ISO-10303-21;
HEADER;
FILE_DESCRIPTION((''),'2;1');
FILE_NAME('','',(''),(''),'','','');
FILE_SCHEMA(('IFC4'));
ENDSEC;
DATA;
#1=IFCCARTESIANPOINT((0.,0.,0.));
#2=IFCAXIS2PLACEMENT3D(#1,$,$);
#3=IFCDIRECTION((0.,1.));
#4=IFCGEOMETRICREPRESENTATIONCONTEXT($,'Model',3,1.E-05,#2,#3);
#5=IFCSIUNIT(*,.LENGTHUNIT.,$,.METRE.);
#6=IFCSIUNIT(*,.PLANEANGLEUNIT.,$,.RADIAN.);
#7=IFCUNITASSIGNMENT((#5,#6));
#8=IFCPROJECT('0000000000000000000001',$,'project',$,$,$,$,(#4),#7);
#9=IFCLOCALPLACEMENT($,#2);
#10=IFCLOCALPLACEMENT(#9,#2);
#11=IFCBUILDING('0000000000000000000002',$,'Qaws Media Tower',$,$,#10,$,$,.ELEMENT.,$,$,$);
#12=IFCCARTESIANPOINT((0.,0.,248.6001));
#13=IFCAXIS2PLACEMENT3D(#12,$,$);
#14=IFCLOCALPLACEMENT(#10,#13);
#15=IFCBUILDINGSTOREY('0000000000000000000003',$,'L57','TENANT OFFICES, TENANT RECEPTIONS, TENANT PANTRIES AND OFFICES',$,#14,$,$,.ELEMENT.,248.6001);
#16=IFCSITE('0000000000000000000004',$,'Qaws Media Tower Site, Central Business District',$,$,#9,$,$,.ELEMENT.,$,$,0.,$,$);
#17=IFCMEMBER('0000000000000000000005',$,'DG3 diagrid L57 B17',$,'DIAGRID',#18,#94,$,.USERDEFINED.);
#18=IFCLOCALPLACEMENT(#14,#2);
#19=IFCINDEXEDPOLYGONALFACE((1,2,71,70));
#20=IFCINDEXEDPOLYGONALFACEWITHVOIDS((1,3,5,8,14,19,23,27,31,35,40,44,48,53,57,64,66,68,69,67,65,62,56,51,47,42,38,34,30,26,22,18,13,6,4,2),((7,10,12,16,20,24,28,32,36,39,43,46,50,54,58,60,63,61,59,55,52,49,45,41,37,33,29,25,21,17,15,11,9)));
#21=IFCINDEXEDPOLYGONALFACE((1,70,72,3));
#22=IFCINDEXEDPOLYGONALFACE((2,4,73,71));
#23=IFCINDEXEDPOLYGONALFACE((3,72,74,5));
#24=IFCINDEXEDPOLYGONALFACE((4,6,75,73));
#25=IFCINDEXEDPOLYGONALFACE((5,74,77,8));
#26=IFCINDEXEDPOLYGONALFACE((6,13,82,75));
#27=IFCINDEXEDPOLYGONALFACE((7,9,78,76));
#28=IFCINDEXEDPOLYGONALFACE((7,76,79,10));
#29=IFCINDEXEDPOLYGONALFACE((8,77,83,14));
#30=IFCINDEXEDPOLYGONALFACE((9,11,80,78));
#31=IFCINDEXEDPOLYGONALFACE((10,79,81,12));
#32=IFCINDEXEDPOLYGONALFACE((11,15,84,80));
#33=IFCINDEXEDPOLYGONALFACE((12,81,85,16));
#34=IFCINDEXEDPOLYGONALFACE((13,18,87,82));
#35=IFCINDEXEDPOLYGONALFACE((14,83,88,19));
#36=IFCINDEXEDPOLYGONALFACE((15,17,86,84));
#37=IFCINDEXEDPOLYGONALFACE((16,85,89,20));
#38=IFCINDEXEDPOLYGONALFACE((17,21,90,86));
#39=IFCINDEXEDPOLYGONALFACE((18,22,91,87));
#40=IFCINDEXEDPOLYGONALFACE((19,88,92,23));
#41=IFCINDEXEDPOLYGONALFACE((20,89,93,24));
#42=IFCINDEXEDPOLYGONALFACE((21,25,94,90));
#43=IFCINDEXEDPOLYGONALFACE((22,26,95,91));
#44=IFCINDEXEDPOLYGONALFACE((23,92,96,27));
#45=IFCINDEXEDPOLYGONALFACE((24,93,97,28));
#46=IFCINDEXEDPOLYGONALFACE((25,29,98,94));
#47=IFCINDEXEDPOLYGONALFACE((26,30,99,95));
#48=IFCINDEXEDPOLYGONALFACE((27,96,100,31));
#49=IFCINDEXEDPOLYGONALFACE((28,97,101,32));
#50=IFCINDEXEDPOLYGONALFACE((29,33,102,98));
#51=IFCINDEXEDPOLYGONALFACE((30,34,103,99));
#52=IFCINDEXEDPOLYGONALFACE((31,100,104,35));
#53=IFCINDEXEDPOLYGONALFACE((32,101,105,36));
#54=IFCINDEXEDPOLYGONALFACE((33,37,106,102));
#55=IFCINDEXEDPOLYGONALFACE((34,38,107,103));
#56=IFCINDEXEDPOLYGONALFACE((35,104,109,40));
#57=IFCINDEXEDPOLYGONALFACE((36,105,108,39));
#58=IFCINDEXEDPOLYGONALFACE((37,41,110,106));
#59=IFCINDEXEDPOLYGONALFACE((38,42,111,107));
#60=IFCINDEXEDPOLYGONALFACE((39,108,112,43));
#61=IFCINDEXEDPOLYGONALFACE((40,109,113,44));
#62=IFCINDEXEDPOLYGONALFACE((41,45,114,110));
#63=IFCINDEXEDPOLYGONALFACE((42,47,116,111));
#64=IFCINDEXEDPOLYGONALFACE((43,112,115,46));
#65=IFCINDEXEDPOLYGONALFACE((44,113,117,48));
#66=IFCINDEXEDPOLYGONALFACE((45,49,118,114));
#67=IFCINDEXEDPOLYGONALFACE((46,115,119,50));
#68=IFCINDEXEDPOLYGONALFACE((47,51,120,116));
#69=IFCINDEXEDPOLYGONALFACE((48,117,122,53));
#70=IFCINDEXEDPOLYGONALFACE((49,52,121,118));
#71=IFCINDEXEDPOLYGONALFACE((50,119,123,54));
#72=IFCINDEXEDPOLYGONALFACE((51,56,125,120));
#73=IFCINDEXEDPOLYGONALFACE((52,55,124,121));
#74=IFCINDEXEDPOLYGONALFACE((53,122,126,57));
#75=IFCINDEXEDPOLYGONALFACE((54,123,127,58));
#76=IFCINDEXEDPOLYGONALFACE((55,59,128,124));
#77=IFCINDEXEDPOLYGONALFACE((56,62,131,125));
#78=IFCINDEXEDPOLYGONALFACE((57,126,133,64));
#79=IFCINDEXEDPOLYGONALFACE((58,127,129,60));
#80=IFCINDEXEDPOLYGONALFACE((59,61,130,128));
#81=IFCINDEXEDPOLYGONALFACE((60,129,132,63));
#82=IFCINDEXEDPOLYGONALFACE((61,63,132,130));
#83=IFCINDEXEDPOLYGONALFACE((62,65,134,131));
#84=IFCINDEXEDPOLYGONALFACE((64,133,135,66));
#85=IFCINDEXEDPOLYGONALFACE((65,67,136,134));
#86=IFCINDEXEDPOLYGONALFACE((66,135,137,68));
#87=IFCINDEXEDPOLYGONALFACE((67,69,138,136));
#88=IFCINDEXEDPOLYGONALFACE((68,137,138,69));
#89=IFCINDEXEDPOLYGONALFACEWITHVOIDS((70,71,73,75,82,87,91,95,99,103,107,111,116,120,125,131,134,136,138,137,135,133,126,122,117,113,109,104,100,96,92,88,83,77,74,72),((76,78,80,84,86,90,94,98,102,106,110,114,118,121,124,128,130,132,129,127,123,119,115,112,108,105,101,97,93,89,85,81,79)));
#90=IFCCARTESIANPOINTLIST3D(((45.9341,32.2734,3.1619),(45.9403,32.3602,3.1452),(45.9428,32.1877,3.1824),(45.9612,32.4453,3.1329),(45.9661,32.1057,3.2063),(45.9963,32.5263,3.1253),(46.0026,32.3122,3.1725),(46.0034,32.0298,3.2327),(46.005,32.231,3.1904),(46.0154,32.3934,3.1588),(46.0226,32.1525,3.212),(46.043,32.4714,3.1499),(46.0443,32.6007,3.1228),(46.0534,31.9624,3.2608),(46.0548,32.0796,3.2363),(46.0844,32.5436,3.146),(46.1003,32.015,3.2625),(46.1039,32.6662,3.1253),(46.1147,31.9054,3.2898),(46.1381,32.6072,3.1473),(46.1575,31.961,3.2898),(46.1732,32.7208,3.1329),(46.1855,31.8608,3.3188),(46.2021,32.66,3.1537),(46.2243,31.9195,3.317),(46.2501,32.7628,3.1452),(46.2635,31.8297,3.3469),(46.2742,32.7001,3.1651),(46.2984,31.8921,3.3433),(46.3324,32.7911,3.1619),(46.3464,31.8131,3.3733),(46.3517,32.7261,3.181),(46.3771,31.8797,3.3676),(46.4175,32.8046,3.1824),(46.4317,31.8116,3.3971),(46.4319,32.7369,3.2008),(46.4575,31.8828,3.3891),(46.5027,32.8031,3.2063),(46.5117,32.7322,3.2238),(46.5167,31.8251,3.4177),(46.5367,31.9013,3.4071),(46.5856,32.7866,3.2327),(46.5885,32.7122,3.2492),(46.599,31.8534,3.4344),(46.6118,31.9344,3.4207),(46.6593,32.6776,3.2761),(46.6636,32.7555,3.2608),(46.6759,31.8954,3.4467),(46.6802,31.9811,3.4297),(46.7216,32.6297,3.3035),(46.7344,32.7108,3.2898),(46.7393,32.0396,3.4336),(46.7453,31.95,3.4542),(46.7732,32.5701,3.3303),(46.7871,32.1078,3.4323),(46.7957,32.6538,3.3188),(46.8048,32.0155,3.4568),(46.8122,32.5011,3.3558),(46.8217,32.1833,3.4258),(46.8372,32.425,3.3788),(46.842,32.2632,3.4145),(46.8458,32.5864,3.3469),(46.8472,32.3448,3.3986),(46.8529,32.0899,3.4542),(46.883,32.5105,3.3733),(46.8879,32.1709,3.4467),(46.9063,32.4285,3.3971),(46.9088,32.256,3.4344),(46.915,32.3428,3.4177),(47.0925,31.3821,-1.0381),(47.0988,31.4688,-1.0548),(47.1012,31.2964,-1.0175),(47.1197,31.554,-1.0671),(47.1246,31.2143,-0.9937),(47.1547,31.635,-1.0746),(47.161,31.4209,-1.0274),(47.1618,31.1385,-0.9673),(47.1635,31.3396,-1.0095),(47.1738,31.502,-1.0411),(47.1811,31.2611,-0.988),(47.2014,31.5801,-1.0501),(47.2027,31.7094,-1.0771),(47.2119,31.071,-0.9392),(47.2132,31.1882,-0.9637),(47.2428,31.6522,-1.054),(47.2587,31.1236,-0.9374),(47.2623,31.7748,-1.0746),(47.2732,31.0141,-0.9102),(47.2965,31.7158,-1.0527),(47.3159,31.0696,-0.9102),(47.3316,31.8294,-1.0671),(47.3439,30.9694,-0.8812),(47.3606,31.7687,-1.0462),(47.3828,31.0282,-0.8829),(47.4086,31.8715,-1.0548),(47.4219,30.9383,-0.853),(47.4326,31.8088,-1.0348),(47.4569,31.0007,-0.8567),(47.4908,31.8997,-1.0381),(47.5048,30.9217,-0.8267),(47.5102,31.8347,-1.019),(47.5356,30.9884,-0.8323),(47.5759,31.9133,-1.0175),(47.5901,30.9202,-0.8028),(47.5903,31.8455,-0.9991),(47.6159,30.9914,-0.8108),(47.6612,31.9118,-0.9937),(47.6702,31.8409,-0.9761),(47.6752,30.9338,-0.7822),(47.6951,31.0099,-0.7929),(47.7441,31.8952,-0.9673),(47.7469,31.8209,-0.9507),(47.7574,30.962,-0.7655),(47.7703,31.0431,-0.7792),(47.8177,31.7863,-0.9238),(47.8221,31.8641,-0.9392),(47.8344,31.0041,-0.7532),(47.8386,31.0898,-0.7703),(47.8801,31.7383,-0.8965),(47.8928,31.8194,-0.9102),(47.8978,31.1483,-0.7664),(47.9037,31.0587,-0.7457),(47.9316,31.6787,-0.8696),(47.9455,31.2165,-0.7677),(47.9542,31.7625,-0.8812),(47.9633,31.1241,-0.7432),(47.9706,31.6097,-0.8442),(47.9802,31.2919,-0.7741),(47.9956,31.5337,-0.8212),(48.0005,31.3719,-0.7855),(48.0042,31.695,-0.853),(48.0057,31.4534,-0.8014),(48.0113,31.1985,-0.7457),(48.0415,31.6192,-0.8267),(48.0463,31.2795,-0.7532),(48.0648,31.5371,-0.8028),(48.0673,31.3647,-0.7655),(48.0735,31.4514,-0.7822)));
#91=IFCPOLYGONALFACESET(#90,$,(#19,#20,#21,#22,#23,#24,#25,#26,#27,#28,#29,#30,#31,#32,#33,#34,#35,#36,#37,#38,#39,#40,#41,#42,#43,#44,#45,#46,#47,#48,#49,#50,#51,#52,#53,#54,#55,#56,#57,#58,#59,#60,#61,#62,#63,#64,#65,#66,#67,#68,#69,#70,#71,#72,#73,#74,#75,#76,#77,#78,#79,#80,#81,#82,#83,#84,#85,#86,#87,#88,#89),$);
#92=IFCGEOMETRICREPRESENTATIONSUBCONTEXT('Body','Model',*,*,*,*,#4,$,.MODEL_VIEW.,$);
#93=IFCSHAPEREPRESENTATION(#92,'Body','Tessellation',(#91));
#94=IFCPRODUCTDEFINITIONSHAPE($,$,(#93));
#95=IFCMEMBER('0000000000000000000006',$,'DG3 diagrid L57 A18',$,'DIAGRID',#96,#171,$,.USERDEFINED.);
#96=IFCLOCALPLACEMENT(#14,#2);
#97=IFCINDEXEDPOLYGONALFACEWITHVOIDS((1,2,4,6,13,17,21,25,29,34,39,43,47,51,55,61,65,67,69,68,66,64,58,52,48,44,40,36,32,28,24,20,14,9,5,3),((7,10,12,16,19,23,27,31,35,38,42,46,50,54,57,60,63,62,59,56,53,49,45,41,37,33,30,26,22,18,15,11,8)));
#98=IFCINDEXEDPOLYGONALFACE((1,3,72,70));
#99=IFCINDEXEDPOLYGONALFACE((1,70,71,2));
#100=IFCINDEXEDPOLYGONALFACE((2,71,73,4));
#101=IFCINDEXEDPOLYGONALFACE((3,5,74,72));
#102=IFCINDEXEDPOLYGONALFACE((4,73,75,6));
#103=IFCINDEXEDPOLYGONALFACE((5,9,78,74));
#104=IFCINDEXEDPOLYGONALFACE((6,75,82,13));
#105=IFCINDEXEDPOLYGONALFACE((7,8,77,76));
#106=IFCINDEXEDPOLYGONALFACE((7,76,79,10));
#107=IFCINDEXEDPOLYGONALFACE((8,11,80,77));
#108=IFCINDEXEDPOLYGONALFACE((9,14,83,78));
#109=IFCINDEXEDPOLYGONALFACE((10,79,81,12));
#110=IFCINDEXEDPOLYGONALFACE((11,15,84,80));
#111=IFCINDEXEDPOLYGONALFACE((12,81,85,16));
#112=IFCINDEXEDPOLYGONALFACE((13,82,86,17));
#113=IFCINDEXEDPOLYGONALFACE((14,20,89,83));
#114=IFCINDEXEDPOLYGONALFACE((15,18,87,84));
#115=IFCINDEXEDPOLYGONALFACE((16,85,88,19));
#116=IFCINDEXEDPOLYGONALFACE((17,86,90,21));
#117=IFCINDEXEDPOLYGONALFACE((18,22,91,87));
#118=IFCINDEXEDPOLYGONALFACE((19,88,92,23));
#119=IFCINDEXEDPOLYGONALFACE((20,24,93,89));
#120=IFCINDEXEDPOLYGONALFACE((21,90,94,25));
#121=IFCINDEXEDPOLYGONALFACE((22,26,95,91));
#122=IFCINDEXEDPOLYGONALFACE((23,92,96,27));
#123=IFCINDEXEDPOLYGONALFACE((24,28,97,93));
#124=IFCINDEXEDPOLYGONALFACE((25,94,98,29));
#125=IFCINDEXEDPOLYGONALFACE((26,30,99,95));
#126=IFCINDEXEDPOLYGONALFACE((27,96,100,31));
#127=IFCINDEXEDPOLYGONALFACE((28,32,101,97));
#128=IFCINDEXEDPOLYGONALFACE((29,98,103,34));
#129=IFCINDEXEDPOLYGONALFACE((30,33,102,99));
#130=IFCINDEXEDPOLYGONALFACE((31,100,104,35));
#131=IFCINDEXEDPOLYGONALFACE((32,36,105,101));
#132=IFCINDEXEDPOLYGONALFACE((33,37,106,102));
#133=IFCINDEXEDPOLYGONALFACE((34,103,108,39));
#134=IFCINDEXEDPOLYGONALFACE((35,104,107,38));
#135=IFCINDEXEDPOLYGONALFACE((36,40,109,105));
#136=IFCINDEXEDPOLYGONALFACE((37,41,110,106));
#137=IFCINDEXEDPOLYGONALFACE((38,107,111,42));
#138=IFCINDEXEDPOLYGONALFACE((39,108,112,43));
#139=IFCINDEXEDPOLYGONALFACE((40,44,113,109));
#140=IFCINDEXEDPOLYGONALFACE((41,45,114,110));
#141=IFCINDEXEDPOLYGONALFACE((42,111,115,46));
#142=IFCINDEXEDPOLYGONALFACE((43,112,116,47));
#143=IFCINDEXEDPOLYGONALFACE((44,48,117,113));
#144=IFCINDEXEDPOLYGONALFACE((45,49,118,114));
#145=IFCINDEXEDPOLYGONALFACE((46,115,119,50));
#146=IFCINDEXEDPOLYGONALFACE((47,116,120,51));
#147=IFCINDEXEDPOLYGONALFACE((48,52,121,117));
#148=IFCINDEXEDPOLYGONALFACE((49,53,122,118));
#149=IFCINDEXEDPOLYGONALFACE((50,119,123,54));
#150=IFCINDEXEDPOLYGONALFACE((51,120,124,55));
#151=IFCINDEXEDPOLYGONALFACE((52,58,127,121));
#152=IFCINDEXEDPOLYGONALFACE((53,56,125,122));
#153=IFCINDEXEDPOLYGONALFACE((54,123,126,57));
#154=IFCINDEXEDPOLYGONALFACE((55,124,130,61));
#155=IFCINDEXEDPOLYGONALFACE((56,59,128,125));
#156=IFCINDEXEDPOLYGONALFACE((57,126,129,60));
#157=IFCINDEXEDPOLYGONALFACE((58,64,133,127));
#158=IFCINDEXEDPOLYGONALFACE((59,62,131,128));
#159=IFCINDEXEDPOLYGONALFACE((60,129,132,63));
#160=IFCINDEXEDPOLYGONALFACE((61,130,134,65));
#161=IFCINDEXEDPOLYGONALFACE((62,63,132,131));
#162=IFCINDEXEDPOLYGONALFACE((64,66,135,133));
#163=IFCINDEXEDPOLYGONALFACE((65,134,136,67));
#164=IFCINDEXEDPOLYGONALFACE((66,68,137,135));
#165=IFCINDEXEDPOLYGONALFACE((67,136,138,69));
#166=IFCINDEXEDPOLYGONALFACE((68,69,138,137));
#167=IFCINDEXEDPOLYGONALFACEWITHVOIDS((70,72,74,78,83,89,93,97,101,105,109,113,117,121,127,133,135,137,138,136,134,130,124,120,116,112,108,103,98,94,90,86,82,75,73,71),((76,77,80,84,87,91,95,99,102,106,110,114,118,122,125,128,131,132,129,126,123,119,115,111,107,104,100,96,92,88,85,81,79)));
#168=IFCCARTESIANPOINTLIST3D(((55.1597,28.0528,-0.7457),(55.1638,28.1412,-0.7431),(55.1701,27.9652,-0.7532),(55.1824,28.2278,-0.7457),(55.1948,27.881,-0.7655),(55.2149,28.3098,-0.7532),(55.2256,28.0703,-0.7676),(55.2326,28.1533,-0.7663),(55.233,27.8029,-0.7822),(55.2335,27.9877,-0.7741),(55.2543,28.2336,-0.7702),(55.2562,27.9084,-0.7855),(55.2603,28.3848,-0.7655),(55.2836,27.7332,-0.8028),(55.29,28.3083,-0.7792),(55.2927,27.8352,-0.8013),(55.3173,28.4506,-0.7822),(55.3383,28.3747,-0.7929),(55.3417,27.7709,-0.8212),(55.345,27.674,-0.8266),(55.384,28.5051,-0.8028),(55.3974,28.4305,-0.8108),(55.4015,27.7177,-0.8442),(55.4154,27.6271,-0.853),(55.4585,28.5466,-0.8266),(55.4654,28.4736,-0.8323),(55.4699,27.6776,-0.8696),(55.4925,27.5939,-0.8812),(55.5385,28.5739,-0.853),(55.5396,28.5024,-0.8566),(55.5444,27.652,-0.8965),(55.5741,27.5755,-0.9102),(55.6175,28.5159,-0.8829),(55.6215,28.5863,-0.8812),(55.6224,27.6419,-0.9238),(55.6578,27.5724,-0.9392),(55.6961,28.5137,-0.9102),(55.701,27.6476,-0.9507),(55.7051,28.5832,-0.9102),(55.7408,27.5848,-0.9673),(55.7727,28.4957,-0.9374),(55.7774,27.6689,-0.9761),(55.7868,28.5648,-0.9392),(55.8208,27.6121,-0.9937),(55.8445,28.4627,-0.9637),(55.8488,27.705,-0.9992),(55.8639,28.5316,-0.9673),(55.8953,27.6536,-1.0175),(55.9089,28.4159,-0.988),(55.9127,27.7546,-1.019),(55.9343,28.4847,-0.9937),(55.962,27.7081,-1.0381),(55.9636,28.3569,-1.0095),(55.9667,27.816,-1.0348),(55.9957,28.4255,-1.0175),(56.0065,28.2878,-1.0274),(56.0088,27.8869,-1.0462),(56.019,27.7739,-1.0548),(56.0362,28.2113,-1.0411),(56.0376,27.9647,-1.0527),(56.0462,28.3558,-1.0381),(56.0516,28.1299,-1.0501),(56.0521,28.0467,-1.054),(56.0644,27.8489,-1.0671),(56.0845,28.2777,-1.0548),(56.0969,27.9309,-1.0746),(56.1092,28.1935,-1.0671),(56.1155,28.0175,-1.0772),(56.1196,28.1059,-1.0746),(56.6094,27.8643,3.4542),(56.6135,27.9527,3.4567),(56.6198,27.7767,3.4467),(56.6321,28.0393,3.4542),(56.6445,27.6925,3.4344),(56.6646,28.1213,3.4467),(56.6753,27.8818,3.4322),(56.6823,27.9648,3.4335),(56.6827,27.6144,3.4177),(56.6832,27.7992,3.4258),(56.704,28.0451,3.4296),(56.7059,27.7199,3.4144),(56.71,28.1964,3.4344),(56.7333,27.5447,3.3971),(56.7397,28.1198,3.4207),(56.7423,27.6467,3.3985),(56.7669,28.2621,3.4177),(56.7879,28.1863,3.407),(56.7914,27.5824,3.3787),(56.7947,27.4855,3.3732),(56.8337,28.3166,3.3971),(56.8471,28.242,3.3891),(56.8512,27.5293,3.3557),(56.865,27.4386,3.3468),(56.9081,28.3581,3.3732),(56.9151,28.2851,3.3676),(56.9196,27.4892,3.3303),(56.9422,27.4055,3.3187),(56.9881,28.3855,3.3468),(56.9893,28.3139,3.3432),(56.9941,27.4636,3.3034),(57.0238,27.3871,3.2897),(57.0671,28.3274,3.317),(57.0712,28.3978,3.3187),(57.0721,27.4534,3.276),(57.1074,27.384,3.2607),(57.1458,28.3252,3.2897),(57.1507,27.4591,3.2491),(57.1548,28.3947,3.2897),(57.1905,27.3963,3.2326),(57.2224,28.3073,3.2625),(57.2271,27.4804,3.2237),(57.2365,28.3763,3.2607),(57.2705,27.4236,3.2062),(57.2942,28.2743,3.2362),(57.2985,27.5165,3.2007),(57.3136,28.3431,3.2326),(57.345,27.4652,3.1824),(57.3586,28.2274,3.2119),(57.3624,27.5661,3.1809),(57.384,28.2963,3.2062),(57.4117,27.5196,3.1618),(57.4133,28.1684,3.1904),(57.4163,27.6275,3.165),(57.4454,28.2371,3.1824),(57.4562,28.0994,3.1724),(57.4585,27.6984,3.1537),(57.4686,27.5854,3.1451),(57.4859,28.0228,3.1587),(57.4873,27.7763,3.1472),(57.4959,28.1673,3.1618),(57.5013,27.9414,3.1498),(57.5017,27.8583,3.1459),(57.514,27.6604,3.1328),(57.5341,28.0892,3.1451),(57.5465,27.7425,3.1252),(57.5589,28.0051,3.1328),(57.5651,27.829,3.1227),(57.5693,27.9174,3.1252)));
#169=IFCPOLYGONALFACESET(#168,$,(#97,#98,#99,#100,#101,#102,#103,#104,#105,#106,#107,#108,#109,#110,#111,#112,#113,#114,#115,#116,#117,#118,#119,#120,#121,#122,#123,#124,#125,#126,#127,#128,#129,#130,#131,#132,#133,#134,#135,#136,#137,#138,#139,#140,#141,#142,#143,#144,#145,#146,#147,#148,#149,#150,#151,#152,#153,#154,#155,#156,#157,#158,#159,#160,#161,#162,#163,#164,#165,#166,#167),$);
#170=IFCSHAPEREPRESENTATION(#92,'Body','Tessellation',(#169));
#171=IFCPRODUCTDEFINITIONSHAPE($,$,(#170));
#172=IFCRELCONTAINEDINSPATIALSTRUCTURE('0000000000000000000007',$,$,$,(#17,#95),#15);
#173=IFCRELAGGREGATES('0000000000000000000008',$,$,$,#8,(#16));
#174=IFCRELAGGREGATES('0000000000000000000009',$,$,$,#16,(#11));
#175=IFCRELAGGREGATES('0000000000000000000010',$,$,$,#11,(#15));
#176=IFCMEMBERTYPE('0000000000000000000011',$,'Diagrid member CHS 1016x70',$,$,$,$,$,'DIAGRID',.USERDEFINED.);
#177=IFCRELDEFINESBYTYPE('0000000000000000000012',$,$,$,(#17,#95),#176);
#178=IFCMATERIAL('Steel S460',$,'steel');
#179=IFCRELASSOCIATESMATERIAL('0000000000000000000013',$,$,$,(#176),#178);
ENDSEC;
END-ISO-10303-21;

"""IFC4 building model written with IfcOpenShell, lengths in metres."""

from ifc_helpers import new_model, si_unit, direction, frame, origin, origin_2d, place, context, subcontext, project, spatial, hollow_circle, extrude, material, material_profile, profile_set, type_object, element, save


model = new_model("IFC4")

# Units and contexts
model_context = context("Model", 3, precision=1e-05, world=origin(), true_north=direction((0.0, 1.0)))
body_context = subcontext(model_context, "Body", "Model", "MODEL_VIEW")
ifc_project = project(units=[si_unit("LENGTHUNIT", "METRE"), si_unit("PLANEANGLEUNIT", "RADIAN")], contexts=[model_context])

# Site, building, storey
site_placement = place(None, origin())
site = spatial("IfcSite", under=ifc_project, at=site_placement, Name="Qaws Media Tower Site, Central Business District", CompositionType="ELEMENT", RefElevation=0.0)
building_placement = place(site_placement, origin())
building = spatial("IfcBuilding", under=site, at=building_placement, Name="Qaws Media Tower", CompositionType="ELEMENT")
storey_placement = place(building_placement, frame((0.0, 0.0, 248.6001)))
storey = spatial("IfcBuildingStorey", under=building, at=storey_placement, Name="L57", Description="TENANT OFFICES, TENANT RECEPTIONS, TENANT PANTRIES AND OFFICES", CompositionType="ELEMENT", Elevation=248.6001)

# Members
ifc_material_1 = material(Name="Steel S460", Category="steel")
ifc_material_profile_1 = material_profile(ifc_material_1, hollow_circle(Radius=0.5081, WallThickness=0.0701, at=origin_2d()), Name="CHS 1016x70")
ifc_profile_set_1 = profile_set([ifc_material_profile_1], Name="Steel S460")
member_type_1 = type_object("IfcMemberType", Name="Diagrid member CHS 1016x70", ElementType="DIAGRID", PredefinedType="USERDEFINED", material=ifc_profile_set_1)
for number, where, z_axis, x_axis, name in (
    (1, (47.583, 31.4167, -0.9102), (-0.260499, 0.200439, 0.944439), (-0.609816, -0.792543, 0.0), "DG3 diagrid L57 B17"),
    (2, (55.6396, 28.0793, -0.9102), (0.325989, -0.042382, 0.944423), (0.128925, 0.991654, 0.0), "DG3 diagrid L57 A18"),
):
    element("IfcMember", number, at=place(storey_placement, frame(where, z_axis=z_axis, x_axis=x_axis)), inside=storey, type_object=member_type_1, Name=name, ObjectType="DIAGRID", PredefinedType="USERDEFINED", context=body_context, shape_type="SweptSolid", body=[
        extrude(hollow_circle(Radius=0.5081, WallThickness=0.0701, at=origin_2d()), origin(), (0.0, 0.0, 1.0), 4.447),
    ])

save(model, "model.ifc")
